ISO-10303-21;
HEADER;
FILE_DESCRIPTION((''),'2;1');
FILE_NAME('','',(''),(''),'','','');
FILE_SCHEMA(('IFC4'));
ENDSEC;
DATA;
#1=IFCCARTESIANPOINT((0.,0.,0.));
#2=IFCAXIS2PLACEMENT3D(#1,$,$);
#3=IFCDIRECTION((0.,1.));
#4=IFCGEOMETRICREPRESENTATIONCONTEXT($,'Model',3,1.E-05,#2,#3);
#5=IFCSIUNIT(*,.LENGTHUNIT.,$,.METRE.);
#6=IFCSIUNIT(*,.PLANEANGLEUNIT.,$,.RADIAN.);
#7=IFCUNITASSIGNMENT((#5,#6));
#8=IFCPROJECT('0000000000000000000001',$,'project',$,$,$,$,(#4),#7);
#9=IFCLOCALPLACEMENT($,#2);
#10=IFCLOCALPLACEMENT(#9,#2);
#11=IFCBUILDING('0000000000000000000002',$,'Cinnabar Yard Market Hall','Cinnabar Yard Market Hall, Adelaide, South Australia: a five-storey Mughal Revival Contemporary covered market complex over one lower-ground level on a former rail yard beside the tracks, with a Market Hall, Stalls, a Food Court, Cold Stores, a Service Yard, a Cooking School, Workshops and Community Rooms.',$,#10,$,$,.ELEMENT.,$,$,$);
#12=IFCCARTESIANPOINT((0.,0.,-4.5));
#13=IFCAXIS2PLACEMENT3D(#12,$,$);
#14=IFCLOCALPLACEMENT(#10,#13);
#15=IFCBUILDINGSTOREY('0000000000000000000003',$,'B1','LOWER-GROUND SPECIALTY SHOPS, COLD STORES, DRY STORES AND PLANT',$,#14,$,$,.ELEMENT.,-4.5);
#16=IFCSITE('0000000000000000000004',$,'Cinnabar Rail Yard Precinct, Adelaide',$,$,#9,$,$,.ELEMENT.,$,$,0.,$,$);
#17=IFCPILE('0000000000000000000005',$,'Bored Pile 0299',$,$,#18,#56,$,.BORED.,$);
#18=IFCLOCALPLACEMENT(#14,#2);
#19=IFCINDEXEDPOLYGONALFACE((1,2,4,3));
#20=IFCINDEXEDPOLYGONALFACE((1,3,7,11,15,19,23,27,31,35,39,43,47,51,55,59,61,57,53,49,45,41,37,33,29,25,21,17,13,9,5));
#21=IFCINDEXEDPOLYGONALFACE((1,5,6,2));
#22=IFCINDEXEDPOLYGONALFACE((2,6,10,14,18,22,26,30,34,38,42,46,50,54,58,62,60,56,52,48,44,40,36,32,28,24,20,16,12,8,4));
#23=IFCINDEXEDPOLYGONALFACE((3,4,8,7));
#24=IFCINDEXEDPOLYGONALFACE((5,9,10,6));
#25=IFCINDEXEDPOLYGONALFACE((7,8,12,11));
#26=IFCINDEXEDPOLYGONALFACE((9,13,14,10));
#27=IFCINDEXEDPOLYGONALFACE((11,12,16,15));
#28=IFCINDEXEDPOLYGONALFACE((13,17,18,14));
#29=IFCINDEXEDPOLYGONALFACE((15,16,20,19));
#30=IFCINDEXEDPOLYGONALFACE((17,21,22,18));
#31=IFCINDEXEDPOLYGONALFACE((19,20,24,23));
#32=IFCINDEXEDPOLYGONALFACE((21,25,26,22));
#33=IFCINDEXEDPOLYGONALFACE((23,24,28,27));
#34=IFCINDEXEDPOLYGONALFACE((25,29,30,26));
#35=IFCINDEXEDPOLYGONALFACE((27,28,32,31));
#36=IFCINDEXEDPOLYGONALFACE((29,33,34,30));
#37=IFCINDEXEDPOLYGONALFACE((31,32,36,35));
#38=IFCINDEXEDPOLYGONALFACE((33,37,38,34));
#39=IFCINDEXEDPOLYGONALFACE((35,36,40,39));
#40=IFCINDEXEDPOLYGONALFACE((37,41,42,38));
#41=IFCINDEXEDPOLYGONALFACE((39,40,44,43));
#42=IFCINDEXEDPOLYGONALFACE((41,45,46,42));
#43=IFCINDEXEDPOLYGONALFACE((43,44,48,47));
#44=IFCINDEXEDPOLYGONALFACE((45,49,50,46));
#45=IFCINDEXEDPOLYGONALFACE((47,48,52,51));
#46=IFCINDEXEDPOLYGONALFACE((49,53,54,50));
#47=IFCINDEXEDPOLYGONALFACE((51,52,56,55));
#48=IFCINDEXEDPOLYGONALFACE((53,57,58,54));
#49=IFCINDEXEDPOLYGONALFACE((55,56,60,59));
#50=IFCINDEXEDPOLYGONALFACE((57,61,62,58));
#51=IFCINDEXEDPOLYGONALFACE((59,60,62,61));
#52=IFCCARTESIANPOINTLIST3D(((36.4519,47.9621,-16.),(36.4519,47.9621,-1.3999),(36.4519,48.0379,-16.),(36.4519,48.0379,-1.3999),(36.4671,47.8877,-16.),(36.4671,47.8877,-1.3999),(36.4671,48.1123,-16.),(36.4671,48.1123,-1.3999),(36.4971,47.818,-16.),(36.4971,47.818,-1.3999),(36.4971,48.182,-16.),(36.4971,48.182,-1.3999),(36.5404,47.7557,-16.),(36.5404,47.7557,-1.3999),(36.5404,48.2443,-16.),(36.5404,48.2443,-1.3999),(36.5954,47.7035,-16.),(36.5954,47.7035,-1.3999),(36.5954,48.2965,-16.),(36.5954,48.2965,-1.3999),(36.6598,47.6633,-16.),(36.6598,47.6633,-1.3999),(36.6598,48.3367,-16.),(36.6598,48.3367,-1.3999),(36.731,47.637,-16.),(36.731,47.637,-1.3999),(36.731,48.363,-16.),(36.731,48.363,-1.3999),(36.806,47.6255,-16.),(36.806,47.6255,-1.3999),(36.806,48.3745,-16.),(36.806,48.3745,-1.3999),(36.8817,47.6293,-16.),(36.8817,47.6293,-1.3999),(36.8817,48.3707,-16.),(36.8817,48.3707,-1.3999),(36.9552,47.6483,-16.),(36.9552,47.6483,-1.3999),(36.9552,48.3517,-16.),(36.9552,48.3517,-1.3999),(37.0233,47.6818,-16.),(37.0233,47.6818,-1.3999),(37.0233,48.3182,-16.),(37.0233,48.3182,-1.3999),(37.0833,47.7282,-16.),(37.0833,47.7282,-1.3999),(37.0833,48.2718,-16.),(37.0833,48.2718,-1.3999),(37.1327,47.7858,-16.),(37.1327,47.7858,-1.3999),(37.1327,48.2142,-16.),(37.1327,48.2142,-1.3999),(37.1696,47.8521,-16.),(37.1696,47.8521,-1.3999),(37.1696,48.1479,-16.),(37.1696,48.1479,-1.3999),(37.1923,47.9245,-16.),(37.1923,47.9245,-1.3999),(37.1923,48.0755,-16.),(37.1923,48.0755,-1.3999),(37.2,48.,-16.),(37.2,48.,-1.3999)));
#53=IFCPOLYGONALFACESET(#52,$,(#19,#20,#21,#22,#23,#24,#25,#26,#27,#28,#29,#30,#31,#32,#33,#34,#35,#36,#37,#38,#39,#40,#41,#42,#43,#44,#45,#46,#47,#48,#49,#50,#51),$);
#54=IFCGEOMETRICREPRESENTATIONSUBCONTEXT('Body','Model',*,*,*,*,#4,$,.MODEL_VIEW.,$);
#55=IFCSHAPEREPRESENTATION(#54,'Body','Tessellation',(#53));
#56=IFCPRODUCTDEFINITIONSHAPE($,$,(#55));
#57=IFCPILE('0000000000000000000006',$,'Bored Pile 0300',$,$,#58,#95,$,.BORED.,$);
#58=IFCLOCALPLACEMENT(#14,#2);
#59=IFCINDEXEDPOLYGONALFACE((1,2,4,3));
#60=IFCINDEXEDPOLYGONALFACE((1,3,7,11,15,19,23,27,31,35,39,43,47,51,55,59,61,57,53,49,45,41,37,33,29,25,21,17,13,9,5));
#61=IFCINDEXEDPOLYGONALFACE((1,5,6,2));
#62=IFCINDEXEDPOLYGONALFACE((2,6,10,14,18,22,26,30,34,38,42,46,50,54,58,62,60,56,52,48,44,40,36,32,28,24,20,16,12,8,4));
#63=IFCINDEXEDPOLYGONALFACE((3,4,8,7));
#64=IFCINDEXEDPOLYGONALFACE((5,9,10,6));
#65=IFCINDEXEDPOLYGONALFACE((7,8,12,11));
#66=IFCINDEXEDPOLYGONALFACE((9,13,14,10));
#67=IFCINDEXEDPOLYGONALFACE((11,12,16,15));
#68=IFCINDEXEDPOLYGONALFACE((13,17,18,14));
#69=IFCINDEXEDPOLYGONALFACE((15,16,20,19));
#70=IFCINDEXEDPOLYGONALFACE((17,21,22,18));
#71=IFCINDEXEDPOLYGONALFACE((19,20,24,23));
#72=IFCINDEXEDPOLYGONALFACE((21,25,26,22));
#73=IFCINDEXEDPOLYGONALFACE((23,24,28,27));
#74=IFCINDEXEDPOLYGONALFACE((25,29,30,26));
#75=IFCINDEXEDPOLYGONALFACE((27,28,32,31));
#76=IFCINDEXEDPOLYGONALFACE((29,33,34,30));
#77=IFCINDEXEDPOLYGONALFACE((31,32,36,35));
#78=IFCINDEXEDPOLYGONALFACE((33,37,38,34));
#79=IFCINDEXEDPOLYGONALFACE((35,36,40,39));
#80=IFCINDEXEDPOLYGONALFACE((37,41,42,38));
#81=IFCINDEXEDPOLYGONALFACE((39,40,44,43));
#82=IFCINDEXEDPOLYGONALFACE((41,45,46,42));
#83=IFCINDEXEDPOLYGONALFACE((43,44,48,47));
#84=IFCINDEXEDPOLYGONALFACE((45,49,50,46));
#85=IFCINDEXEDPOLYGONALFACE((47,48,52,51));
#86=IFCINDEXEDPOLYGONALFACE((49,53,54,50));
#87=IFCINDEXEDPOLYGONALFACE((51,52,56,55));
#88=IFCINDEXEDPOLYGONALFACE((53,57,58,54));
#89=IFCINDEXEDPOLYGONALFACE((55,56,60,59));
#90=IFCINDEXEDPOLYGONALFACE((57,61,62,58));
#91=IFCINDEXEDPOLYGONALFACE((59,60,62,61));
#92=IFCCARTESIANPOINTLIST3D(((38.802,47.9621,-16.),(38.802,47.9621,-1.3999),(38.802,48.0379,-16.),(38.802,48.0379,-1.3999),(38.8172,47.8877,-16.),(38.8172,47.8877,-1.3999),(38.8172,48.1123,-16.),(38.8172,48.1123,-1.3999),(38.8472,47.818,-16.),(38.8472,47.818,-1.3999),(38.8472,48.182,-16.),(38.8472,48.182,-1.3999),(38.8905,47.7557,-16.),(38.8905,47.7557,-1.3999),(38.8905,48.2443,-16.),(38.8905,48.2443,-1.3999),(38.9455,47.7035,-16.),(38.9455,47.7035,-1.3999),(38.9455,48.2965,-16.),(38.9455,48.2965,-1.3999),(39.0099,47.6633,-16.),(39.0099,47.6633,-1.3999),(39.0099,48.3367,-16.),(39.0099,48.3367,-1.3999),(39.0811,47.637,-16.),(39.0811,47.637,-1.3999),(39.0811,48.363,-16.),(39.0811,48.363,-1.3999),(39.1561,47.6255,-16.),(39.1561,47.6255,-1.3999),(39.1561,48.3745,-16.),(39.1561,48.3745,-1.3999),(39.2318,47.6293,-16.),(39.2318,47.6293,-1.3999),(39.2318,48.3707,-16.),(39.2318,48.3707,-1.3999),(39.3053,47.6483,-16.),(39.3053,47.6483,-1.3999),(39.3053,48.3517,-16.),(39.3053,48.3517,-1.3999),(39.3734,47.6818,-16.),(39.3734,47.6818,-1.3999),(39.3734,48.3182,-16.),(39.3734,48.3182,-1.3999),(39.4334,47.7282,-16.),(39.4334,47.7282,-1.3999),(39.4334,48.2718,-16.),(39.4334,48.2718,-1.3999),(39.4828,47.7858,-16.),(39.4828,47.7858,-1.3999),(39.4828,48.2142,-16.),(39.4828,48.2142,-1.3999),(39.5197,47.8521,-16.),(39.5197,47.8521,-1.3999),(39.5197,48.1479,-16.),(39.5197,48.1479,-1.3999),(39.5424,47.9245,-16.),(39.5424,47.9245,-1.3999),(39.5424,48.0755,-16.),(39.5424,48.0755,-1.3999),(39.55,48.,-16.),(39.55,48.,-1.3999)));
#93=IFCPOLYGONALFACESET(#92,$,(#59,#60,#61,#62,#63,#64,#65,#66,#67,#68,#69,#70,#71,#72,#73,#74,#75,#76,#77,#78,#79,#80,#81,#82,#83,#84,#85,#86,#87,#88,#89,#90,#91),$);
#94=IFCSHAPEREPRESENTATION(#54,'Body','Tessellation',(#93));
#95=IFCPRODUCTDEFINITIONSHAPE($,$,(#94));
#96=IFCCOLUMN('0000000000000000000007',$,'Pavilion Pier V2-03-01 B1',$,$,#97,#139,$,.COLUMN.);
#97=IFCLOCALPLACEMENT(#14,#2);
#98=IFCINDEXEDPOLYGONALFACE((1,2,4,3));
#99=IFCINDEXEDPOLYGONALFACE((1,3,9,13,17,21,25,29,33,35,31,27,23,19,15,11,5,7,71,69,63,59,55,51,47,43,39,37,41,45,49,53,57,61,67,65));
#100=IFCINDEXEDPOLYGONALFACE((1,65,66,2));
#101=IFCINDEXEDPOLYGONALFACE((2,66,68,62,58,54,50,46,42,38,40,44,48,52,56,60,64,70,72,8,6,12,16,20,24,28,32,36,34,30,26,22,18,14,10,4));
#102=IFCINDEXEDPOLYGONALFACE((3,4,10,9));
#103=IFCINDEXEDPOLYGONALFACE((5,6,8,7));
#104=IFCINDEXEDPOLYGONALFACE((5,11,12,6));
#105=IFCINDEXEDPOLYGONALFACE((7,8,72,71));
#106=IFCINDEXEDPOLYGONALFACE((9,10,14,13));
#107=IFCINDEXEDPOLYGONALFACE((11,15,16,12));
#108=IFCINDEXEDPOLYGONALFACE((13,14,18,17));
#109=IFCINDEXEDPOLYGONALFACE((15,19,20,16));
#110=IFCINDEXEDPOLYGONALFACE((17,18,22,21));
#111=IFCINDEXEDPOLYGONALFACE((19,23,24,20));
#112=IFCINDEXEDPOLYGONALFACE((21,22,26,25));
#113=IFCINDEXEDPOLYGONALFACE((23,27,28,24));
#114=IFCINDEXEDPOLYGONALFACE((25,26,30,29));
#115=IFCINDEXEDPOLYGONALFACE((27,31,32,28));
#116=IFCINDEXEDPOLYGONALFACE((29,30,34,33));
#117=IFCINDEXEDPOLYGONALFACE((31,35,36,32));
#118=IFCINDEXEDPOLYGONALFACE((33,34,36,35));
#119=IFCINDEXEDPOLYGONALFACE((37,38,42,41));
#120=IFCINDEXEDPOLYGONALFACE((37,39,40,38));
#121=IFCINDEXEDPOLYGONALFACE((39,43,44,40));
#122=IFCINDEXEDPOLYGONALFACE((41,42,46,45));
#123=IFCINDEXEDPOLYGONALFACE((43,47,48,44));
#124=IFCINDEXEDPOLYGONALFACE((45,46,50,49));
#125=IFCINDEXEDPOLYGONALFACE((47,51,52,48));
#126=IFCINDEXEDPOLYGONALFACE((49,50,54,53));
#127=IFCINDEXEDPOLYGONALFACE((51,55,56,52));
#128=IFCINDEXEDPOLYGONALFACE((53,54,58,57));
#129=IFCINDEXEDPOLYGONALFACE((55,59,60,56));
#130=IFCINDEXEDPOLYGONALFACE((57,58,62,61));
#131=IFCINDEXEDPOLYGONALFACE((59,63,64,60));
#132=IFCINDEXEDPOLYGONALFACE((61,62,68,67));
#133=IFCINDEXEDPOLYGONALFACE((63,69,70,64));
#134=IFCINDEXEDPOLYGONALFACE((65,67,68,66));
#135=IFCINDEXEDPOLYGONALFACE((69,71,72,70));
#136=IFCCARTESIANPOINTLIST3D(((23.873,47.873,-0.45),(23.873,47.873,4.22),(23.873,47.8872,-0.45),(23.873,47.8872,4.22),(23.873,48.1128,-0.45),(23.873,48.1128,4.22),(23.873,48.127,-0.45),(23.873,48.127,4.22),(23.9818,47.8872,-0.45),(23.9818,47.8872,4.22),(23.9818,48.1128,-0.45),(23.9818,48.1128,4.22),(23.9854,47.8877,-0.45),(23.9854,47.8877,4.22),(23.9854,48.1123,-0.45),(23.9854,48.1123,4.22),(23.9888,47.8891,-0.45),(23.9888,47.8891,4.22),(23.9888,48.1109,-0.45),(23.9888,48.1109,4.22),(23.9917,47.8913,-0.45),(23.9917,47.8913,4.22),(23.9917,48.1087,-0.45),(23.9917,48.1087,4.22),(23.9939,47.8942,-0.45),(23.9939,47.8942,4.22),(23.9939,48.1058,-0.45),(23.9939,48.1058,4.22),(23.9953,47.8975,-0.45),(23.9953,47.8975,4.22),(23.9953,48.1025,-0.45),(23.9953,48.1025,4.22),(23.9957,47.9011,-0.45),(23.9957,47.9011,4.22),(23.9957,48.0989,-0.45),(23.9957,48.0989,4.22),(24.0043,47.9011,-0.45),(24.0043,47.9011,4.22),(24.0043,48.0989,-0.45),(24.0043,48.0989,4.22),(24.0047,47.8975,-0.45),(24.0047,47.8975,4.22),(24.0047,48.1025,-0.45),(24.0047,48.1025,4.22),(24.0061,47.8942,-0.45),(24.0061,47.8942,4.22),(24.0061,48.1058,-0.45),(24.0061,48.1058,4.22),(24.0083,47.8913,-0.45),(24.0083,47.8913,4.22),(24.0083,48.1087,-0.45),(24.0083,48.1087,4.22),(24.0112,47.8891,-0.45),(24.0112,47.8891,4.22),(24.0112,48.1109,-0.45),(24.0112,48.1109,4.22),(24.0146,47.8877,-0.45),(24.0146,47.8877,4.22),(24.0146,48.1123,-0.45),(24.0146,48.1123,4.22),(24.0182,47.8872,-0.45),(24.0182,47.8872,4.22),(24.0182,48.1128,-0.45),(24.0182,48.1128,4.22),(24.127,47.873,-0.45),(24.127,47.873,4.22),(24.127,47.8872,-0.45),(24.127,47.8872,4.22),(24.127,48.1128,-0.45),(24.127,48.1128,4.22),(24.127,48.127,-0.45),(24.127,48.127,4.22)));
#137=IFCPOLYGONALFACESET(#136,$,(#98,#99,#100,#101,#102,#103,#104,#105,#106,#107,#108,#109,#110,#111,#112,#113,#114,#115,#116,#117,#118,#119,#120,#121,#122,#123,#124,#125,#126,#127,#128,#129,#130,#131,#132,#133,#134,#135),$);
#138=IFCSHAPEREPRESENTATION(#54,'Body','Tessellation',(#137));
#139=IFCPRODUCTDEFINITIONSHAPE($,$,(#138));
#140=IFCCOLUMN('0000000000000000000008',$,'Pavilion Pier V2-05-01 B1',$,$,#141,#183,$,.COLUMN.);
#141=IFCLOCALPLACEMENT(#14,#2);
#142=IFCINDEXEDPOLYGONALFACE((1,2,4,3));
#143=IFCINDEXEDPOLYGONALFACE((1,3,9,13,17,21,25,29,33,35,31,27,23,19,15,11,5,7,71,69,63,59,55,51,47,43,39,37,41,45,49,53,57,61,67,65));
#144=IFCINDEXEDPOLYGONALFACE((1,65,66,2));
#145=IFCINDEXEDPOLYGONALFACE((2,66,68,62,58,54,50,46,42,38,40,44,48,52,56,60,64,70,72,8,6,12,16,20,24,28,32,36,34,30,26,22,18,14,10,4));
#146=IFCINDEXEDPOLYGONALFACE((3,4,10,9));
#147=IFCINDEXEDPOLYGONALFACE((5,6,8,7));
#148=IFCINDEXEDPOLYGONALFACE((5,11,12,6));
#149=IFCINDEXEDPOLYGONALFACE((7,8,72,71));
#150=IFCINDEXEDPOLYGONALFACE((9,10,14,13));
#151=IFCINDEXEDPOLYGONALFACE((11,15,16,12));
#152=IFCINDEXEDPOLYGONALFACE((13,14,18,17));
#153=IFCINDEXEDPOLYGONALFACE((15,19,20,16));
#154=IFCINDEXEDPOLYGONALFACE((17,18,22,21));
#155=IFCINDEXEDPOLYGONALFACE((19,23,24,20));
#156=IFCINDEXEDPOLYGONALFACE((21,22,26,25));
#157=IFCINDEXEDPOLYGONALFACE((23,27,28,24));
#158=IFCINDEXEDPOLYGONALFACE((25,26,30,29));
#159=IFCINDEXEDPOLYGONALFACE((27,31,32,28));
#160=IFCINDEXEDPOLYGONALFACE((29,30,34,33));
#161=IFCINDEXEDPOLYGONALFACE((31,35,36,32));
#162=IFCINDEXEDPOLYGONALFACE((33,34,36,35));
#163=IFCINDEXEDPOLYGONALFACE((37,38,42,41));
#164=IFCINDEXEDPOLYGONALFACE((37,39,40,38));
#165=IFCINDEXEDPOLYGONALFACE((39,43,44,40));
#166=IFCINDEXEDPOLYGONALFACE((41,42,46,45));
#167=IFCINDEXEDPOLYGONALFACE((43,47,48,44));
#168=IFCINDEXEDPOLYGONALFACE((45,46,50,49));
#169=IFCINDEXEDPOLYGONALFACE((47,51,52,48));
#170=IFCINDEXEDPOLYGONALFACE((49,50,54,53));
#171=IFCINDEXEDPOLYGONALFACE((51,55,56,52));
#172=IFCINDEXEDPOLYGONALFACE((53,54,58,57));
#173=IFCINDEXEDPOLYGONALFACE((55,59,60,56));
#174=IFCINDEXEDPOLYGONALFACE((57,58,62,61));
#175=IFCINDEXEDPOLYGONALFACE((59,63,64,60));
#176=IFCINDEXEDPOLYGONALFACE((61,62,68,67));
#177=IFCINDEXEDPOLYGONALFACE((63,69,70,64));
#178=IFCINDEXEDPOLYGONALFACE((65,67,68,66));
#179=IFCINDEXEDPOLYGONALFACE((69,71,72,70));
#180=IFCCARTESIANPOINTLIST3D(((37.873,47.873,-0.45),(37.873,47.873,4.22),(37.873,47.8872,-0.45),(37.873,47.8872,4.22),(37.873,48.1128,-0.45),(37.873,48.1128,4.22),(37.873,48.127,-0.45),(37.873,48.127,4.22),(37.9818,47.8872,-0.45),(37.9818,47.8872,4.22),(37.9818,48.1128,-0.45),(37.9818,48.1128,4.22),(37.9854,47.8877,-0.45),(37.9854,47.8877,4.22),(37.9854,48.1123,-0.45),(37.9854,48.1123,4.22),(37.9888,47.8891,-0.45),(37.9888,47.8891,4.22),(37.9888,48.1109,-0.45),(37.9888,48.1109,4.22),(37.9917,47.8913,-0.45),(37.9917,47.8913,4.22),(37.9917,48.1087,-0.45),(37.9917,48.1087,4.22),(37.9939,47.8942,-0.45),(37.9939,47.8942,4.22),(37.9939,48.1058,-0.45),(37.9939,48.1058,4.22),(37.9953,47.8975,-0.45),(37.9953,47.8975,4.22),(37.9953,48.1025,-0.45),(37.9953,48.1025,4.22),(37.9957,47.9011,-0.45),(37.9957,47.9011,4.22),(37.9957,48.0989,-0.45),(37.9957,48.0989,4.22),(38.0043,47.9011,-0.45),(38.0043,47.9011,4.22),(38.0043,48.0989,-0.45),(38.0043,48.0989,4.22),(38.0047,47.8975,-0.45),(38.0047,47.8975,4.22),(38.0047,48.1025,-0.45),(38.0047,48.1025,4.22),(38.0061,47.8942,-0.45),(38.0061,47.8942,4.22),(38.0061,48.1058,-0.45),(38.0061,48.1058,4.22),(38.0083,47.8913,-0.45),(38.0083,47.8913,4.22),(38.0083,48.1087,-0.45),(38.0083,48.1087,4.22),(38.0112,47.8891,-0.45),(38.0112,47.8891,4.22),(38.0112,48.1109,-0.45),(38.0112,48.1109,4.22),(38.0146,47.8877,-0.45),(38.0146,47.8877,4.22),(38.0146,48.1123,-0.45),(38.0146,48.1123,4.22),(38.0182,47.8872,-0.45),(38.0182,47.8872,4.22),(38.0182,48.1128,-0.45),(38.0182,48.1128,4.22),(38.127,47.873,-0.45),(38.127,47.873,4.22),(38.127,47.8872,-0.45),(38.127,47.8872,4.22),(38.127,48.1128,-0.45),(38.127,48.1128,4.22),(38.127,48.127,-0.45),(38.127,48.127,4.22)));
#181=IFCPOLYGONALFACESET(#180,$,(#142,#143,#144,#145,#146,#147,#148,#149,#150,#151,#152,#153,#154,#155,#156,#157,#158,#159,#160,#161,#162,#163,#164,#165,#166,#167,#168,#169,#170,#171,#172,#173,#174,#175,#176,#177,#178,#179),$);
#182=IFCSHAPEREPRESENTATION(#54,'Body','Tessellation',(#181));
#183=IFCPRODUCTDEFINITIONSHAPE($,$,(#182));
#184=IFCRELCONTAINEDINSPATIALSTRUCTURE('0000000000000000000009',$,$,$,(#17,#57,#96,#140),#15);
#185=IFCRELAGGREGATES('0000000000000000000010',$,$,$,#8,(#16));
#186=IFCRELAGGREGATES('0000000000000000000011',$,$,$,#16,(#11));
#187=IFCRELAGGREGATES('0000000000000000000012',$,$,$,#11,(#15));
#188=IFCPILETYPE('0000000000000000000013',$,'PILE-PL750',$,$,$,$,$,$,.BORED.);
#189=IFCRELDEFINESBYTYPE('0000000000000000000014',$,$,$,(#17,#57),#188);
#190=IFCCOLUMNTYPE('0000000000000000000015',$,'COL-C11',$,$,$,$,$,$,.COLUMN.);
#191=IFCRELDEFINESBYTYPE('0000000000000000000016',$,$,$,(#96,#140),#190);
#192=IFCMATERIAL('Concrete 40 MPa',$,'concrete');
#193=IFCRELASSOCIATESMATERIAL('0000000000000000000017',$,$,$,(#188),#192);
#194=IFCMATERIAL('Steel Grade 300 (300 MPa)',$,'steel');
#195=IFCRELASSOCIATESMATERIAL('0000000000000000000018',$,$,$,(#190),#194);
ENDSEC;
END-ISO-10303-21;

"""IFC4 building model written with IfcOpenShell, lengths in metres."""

from ifc_helpers import new_model, si_unit, direction, frame, origin, origin_2d_with_axis, place, context, subcontext, project, spatial, circle, i_section, extrude, material, material_profile, profile_set, type_object, element, save


model = new_model("IFC4")

# Units and contexts
model_context = context("Model", 3, precision=1e-05, world=origin(), true_north=direction((0.0, 1.0)))
body_context = subcontext(model_context, "Body", "Model", "MODEL_VIEW")
ifc_project = project(units=[si_unit("LENGTHUNIT", "METRE"), si_unit("PLANEANGLEUNIT", "RADIAN")], contexts=[model_context])

# Site, building, storey
site_placement = place(None, origin())
site = spatial("IfcSite", under=ifc_project, at=site_placement, Name="Cinnabar Rail Yard Precinct, Adelaide", CompositionType="ELEMENT", RefElevation=0.0)
building_placement = place(site_placement, origin())
building = spatial("IfcBuilding", under=site, at=building_placement, Name="Cinnabar Yard Market Hall", Description="Cinnabar Yard Market Hall, Adelaide, South Australia: a five-storey Mughal Revival Contemporary covered market complex over one lower-ground level on a former rail yard beside the tracks, with a Market Hall, Stalls, a Food Court, Cold Stores, a Service Yard, a Cooking School, Workshops and Community Rooms.", CompositionType="ELEMENT")
storey_placement = place(building_placement, frame((0.0, 0.0, -4.5)))
storey = spatial("IfcBuildingStorey", under=building, at=storey_placement, Name="B1", Description="LOWER-GROUND SPECIALTY SHOPS, COLD STORES, DRY STORES AND PLANT", CompositionType="ELEMENT", Elevation=-4.5)

# Shared definitions
ifc_material_1 = material(Name="Concrete 40 MPa", Category="concrete")

# Piles
ifc_material_profile_1 = material_profile(ifc_material_1, circle(Radius=0.375, at=origin_2d_with_axis()), Name="PILE-D750")
ifc_profile_set_1 = profile_set([ifc_material_profile_1], Name="Concrete 40 MPa")
pile_type_1 = type_object("IfcPileType", Name="PILE-PL750", PredefinedType="BORED", material=ifc_profile_set_1)
for number, where, z_axis, x_axis, name in (
    (1, (36.825, 48.0, -1.3999), (0.0, 0.0, -1.0), (1.0, 0.0, 0.0), "Bored Pile 0299"),
    (2, (39.175, 48.0, -1.3999), (0.0, 0.0, -1.0), (1.0, 0.0, 0.0), "Bored Pile 0300"),
):
    element("IfcPile", number, at=place(storey_placement, frame(where, z_axis=z_axis, x_axis=x_axis)), inside=storey, type_object=pile_type_1, Name=name, PredefinedType="BORED", context=body_context, shape_type="SweptSolid", body=[
        extrude(circle(Radius=0.375, at=origin_2d_with_axis()), origin(), (0.0, 0.0, 1.0), 14.6001),
    ])

# Columns
ifc_material_2 = material(Name="Steel Grade 300 (300 MPa)", Category="steel")
ifc_material_profile_2 = material_profile(ifc_material_2, i_section(OverallWidth=0.2539, OverallDepth=0.2539, WebThickness=0.0085, FlangeThickness=0.0142, FilletRadius=0.0139, at=origin_2d_with_axis()), Name="250UC72.9")
ifc_profile_set_2 = profile_set([ifc_material_profile_2], Name="Steel Grade 300 (300 MPa)")
column_type_1 = type_object("IfcColumnType", Name="COL-C11", PredefinedType="COLUMN", material=ifc_profile_set_2)
for number, where, z_axis, x_axis, name in (
    (3, (24.0, 48.0, -0.45), (0.0, 0.0, 1.0), (1.0, 0.0, 0.0), "Pavilion Pier V2-03-01 B1"),
    (4, (38.0, 48.0, -0.45), (0.0, 0.0, 1.0), (1.0, 0.0, 0.0), "Pavilion Pier V2-05-01 B1"),
):
    element("IfcColumn", number, at=place(storey_placement, frame(where, z_axis=z_axis, x_axis=x_axis)), inside=storey, type_object=column_type_1, Name=name, PredefinedType="COLUMN", context=body_context, shape_type="SweptSolid", body=[
        extrude(i_section(OverallWidth=0.2539, OverallDepth=0.2539, WebThickness=0.0085, FlangeThickness=0.0142, FilletRadius=0.0139, at=origin_2d_with_axis()), origin(), (0.0, 0.0, 1.0), 4.6699),
    ])

save(model, "model.ifc")
